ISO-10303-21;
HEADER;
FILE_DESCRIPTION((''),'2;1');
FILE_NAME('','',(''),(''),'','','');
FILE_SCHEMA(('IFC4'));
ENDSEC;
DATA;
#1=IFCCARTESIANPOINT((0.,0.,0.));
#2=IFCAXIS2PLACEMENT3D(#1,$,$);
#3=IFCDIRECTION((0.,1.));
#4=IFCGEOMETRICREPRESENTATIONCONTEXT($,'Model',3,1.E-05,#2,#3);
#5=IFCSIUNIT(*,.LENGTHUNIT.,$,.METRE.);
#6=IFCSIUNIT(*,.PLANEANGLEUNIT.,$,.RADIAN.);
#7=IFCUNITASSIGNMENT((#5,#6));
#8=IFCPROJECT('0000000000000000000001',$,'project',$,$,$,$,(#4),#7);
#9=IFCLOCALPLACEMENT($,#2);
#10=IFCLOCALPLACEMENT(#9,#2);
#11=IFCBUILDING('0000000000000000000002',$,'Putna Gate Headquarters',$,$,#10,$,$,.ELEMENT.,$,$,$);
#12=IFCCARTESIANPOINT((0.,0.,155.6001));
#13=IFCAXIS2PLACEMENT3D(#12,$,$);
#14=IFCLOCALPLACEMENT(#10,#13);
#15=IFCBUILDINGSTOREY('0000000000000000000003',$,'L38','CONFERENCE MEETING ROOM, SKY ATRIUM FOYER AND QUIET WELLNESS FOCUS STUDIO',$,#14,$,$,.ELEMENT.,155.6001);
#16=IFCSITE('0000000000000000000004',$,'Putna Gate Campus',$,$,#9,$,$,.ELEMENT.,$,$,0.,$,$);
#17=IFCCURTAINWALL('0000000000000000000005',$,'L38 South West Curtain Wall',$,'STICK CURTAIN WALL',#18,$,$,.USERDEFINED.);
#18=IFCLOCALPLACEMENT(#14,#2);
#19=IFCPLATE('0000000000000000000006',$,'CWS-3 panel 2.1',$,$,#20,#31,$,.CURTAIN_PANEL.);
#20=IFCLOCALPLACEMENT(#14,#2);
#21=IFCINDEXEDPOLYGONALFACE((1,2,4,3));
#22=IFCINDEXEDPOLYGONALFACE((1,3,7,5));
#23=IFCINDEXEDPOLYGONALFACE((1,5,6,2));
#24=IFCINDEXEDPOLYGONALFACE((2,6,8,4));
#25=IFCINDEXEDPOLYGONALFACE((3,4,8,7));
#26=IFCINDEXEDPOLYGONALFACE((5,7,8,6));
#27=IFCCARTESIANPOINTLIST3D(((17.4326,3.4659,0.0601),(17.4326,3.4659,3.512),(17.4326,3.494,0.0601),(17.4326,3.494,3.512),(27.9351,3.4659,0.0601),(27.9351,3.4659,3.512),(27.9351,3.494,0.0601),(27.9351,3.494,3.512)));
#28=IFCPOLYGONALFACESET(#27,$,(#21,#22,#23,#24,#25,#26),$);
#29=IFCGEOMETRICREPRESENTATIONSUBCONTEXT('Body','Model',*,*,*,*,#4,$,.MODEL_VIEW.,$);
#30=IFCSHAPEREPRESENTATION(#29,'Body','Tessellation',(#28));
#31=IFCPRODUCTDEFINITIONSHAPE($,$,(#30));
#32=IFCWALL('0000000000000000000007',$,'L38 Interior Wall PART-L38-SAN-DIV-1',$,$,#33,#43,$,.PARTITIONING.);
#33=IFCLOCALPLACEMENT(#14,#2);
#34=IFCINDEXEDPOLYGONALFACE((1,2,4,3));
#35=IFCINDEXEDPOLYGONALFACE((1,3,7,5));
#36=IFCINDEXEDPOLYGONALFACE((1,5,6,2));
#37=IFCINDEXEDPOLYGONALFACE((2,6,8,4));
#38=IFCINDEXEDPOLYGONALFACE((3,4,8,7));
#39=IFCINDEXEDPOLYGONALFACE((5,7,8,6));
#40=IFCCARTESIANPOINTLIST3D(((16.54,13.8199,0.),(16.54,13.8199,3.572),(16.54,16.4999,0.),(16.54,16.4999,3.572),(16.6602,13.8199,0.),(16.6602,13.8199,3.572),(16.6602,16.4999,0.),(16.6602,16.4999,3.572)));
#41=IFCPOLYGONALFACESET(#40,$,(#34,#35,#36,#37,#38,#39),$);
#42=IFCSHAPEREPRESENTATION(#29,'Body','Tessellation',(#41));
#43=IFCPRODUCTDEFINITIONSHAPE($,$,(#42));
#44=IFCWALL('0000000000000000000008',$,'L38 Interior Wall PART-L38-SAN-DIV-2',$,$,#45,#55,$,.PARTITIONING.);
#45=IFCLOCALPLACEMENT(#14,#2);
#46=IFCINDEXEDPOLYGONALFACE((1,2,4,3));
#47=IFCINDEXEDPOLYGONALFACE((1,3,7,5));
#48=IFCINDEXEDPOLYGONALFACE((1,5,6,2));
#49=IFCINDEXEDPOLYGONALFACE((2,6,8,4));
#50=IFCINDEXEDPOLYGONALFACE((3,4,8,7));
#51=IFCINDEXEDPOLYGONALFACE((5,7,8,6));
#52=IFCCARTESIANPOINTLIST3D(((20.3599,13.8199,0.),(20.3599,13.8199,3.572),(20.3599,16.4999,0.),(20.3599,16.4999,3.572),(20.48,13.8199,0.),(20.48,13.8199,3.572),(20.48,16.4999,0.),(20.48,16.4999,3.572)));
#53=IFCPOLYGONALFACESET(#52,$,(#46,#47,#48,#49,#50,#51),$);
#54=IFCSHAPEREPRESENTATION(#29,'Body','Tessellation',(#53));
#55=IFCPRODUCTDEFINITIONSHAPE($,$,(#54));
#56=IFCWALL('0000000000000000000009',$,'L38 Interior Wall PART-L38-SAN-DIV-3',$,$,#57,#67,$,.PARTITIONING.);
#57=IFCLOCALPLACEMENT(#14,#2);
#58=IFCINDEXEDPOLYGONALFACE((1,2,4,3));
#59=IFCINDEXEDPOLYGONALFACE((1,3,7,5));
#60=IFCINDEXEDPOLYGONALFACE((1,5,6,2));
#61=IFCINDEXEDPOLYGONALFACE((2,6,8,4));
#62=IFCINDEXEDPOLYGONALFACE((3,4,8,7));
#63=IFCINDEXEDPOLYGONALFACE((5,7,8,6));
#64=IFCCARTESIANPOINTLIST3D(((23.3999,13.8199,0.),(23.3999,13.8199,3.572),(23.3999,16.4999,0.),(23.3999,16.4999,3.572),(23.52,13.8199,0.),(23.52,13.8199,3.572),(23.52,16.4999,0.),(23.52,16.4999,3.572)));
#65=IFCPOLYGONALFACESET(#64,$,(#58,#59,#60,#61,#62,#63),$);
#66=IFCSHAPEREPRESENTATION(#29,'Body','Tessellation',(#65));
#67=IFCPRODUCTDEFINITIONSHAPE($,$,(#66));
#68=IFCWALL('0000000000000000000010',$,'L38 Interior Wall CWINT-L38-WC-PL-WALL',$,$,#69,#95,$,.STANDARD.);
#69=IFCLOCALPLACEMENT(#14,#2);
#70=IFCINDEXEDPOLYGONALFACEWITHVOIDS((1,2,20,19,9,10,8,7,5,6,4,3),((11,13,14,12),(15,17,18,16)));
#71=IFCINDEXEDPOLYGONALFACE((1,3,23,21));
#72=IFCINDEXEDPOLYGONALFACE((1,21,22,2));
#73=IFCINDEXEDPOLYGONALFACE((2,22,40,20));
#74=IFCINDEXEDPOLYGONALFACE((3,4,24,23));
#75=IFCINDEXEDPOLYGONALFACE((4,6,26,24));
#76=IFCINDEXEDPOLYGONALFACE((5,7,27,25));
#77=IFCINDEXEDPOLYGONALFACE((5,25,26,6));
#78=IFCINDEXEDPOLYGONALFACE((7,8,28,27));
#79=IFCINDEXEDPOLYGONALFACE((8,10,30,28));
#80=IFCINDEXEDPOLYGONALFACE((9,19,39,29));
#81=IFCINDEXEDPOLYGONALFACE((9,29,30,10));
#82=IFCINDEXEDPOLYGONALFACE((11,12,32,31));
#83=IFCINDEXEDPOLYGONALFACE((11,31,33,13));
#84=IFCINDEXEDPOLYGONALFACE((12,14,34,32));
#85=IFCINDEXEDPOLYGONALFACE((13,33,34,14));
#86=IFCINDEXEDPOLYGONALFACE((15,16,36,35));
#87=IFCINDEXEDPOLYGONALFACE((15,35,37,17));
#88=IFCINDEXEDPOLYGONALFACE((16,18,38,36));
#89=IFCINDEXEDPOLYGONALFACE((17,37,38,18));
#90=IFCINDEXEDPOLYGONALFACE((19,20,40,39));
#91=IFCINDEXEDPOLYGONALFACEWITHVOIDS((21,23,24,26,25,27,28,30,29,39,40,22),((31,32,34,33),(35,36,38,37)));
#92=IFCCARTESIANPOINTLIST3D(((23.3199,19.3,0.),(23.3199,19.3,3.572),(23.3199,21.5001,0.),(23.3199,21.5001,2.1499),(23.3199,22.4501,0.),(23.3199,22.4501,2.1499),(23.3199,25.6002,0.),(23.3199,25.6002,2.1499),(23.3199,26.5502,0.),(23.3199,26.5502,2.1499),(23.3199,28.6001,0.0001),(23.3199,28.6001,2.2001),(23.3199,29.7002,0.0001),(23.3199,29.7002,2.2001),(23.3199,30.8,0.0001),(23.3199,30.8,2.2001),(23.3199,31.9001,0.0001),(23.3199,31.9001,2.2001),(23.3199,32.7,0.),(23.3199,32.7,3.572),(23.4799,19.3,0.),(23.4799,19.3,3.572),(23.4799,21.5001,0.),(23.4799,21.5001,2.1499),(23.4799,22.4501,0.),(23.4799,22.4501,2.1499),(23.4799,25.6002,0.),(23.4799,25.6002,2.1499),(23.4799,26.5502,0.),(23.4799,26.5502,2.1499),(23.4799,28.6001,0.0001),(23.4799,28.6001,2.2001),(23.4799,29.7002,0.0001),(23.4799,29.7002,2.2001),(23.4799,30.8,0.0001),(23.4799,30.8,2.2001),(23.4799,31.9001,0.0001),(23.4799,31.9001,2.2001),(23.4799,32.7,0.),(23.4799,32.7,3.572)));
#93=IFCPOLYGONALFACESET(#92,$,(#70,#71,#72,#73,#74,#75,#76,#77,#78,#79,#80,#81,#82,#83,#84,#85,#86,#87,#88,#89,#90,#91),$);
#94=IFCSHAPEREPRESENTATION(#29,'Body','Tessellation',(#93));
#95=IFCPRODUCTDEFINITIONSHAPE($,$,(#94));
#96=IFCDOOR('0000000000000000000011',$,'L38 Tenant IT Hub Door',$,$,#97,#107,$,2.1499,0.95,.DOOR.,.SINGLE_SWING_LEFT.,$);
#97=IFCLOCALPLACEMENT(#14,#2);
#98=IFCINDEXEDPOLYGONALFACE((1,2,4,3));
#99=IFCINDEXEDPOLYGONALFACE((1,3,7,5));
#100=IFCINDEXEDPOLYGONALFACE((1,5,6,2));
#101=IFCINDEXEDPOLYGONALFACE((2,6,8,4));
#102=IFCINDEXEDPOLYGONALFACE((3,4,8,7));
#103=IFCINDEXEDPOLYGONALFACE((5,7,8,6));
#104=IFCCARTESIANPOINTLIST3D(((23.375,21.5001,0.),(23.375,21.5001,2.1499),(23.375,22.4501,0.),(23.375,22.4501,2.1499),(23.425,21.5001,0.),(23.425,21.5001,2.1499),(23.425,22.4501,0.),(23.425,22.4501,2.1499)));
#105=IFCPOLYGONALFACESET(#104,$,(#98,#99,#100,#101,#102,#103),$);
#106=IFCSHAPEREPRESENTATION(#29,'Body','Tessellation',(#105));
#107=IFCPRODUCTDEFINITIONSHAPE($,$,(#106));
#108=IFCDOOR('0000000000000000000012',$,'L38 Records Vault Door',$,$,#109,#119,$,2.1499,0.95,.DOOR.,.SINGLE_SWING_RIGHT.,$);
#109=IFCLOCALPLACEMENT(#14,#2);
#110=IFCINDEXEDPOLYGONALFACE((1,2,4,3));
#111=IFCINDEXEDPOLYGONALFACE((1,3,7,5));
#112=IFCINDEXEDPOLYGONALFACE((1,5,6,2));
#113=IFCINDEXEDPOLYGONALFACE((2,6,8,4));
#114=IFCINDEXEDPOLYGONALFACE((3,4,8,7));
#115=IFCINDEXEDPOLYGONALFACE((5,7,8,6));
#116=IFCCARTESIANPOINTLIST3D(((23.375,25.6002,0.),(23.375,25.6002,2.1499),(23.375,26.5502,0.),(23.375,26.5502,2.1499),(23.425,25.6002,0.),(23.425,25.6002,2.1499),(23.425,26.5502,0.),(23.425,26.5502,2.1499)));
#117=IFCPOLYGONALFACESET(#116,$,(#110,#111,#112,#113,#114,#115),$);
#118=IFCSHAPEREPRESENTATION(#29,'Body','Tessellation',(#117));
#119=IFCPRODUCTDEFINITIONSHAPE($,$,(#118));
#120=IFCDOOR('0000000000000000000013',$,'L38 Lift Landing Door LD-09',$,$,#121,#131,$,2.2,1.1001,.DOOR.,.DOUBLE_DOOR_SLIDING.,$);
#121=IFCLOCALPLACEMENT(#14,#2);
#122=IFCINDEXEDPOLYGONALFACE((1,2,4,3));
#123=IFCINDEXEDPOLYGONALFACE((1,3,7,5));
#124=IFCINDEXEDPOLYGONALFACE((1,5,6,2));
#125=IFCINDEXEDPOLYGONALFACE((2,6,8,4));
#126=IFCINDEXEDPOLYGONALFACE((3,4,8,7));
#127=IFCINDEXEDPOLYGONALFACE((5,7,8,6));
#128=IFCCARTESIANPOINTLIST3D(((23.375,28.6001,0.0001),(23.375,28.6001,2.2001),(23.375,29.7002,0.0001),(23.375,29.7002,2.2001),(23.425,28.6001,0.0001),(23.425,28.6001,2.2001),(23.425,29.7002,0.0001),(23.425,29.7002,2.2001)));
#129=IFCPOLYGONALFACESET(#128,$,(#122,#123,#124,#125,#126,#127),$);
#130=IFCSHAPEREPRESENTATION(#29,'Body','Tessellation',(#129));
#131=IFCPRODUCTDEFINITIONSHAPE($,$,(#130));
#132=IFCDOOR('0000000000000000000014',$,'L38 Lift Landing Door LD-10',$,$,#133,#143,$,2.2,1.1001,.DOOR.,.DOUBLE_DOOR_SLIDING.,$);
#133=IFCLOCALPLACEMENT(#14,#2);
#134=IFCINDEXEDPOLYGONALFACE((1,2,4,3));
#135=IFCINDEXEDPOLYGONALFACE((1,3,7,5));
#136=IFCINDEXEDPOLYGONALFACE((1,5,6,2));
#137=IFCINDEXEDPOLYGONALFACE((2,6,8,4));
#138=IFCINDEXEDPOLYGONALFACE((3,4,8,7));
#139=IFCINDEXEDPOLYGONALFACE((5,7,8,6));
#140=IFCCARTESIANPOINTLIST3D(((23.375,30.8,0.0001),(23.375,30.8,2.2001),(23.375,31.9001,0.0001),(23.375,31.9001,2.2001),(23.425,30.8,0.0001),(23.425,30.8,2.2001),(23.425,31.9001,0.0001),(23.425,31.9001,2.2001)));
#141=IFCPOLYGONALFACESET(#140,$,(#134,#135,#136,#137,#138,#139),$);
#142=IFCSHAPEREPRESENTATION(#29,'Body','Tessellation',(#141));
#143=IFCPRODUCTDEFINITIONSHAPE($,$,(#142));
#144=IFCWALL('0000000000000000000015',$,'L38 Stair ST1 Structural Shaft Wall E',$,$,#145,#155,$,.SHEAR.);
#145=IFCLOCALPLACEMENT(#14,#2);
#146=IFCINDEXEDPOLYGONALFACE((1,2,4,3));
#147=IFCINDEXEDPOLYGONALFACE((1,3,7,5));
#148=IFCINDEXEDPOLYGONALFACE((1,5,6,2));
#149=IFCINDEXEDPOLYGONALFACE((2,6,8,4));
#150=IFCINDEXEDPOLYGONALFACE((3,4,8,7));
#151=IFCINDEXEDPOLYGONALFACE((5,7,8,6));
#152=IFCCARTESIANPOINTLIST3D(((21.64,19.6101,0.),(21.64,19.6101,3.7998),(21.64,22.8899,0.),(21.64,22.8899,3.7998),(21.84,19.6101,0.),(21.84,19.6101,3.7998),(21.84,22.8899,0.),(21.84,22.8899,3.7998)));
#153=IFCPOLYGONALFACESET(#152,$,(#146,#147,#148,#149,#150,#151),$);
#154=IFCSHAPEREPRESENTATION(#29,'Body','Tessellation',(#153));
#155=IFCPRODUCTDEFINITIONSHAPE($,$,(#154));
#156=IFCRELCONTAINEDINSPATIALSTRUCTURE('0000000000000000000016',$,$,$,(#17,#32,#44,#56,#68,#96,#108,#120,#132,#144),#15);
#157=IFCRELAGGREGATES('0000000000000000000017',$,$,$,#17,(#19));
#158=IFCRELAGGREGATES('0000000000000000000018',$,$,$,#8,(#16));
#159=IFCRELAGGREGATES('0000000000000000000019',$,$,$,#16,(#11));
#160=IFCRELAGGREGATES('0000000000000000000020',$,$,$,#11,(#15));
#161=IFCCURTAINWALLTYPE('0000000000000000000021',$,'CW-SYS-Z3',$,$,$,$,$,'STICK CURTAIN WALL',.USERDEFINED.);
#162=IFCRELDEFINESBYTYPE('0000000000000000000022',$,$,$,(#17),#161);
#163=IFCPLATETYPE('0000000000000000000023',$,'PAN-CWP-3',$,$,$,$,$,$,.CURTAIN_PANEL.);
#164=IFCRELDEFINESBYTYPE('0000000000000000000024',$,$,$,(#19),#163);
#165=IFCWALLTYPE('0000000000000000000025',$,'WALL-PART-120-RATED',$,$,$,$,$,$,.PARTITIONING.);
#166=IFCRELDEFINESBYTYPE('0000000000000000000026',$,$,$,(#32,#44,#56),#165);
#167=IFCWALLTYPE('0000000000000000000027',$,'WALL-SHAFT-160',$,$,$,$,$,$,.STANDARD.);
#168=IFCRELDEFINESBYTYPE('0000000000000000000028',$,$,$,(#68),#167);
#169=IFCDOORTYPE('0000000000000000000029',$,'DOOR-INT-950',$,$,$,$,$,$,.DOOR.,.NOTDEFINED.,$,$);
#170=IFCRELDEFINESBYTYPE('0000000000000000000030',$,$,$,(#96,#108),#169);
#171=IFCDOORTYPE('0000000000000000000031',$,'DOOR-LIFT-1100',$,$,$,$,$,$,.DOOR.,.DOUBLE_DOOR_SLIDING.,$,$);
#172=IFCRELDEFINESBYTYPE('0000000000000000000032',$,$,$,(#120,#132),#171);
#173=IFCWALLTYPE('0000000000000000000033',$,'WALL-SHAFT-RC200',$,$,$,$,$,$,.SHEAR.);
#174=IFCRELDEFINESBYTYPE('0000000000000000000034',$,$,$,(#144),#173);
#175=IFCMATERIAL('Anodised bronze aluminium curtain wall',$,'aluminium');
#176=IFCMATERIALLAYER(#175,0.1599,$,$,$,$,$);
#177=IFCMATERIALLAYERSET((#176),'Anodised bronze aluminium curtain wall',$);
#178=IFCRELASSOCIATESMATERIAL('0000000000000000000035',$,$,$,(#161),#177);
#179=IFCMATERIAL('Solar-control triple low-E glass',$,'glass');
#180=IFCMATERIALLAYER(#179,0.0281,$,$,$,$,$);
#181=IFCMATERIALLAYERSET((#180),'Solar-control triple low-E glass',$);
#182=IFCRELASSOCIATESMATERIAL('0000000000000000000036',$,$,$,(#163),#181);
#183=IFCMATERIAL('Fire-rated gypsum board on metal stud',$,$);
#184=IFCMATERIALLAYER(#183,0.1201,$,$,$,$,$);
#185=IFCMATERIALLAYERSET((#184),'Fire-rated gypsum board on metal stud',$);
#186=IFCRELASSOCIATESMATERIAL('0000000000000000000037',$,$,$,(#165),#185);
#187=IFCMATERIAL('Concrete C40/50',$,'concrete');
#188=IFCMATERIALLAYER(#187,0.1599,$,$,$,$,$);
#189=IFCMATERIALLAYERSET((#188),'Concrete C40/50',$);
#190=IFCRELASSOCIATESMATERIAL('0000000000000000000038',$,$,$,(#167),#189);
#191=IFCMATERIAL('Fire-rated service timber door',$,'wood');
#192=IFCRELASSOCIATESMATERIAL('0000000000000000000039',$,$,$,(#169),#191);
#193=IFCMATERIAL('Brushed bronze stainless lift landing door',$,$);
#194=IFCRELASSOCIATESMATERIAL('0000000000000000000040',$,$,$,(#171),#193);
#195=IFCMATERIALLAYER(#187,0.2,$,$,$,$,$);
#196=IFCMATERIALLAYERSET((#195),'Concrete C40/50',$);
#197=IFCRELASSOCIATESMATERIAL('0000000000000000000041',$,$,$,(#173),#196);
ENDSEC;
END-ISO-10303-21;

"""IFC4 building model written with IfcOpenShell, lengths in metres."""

from ifc_helpers import new_model, si_unit, direction, frame, frame_2d, origin, origin_2d, place, context, subcontext, project, spatial, rectangle, extrude, material, layer, layer_set, type_object, element, fill, aggregate, save


model = new_model("IFC4")

# Units and contexts
model_context = context("Model", 3, precision=1e-05, world=origin(), true_north=direction((0.0, 1.0)))
body_context = subcontext(model_context, "Body", "Model", "MODEL_VIEW")
ifc_project = project(units=[si_unit("LENGTHUNIT", "METRE"), si_unit("PLANEANGLEUNIT", "RADIAN")], contexts=[model_context])

# Site, building, storey
site_placement = place(None, origin())
site = spatial("IfcSite", under=ifc_project, at=site_placement, Name="Putna Gate Campus", CompositionType="ELEMENT", RefElevation=0.0)
building_placement = place(site_placement, origin())
building = spatial("IfcBuilding", under=site, at=building_placement, Name="Putna Gate Headquarters", CompositionType="ELEMENT")
storey_placement = place(building_placement, frame((0.0, 0.0, 155.6001)))
storey = spatial("IfcBuildingStorey", under=building, at=storey_placement, Name="L38", Description="CONFERENCE MEETING ROOM, SKY ATRIUM FOYER AND QUIET WELLNESS FOCUS STUDIO", CompositionType="ELEMENT", Elevation=155.6001)

# Curtain wall, plate
ifc_material_1 = material(Name="Anodised bronze aluminium curtain wall", Category="aluminium")
ifc_layer_1 = layer(ifc_material_1, 0.1599)
ifc_layer_set_1 = layer_set([ifc_layer_1], Name="Anodised bronze aluminium curtain wall")
curtain_wall_type = type_object("IfcCurtainWallType", Name="CW-SYS-Z3", ElementType="STICK CURTAIN WALL", PredefinedType="USERDEFINED", material=ifc_layer_set_1)
curtain_wall_placement = place(storey_placement, origin())
curtain_wall = element("IfcCurtainWall", 1, at=curtain_wall_placement, inside=storey, type_object=curtain_wall_type, Name="L38 South West Curtain Wall", ObjectType="STICK CURTAIN WALL", PredefinedType="USERDEFINED")
ifc_material_2 = material(Name="Solar-control triple low-E glass", Category="glass")
ifc_layer_2 = layer(ifc_material_2, 0.0281)
ifc_layer_set_2 = layer_set([ifc_layer_2], Name="Solar-control triple low-E glass")
plate_type = type_object("IfcPlateType", Name="PAN-CWP-3", PredefinedType="CURTAIN_PANEL", material=ifc_layer_set_2)
plate_placement = place(storey_placement, frame((22.6838, 3.48, 0.0601), z_axis=(0.0, 0.0, 1.0), x_axis=(1.0, 0.0, 0.0)))
plate = element("IfcPlate", 2, at=plate_placement, type_object=plate_type, Name="CWS-3 panel 2.1", PredefinedType="CURTAIN_PANEL", context=body_context, shape_type="SweptSolid", body=[
    extrude(rectangle(XDim=10.5024, YDim=0.0281, at=origin_2d()), origin(), (0.0, 0.0, 1.0), 3.4519),
])
aggregate(curtain_wall, [plate])

# Walls
ifc_material_3 = material(Name="Fire-rated gypsum board on metal stud")
ifc_layer_3 = layer(ifc_material_3, 0.1201)
ifc_layer_set_3 = layer_set([ifc_layer_3], Name="Fire-rated gypsum board on metal stud")
wall_type_1 = type_object("IfcWallType", Name="WALL-PART-120-RATED", PredefinedType="PARTITIONING", material=ifc_layer_set_3)
for number, where, z_axis, x_axis, name in (
    (3, (16.6001, 13.8201, 0.0), (0.0, 0.0, 1.0), (0.0, 1.0, 0.0), "L38 Interior Wall PART-L38-SAN-DIV-1"),
    (4, (20.4199, 13.8201, 0.0), (0.0, 0.0, 1.0), (0.0, 1.0, 0.0), "L38 Interior Wall PART-L38-SAN-DIV-2"),
    (5, (23.46, 13.8201, 0.0), (0.0, 0.0, 1.0), (0.0, 1.0, 0.0), "L38 Interior Wall PART-L38-SAN-DIV-3"),
):
    element("IfcWall", number, at=place(storey_placement, frame(where, z_axis=z_axis, x_axis=x_axis)), inside=storey, type_object=wall_type_1, Name=name, PredefinedType="PARTITIONING", context=body_context, shape_type="SweptSolid", body=[
        extrude(rectangle(XDim=2.6799, YDim=0.1201, at=frame_2d((1.3398, 0.0))), origin(), (0.0, 0.0, 1.0), 3.572),
    ])

# Wall, openings, doors
ifc_material_4 = material(Name="Concrete C40/50", Category="concrete")
ifc_layer_4 = layer(ifc_material_4, 0.1599)
ifc_layer_set_4 = layer_set([ifc_layer_4], Name="Concrete C40/50")
wall_type_2 = type_object("IfcWallType", Name="WALL-SHAFT-160", PredefinedType="STANDARD", material=ifc_layer_set_4)
wall_1_placement = place(storey_placement, frame((23.3999, 19.3, 0.0), z_axis=(0.0, 0.0, 1.0), x_axis=(0.0, 1.0, 0.0)))
wall_1 = element("IfcWall", 6, at=wall_1_placement, inside=storey, type_object=wall_type_2, Name="L38 Interior Wall CWINT-L38-WC-PL-WALL", PredefinedType="STANDARD", context=body_context, shape_type="SweptSolid", body=[
    extrude(rectangle(XDim=13.3999, YDim=0.1599, at=frame_2d((6.7, 0.0))), origin(), (0.0, 0.0, 1.0), 3.572),
])
opening_1_placement = place(wall_1_placement, frame((2.2, 0.0, 0.0)))
opening_1 = element("IfcOpeningElement", 7, at=opening_1_placement, cuts=wall_1, PredefinedType="OPENING", context=body_context, shape_type="SweptSolid", body=[
    extrude(rectangle(XDim=0.95, YDim=2.1499, at=frame_2d((0.4751, 1.075))), frame((0.0, 0.0898, 0.0), z_axis=(0.0, -1.0, 0.0), x_axis=(1.0, 0.0, 0.0)), (0.0, 0.0, 1.0), 0.1799),
])
opening_2_placement = place(wall_1_placement, frame((6.3, 0.0, 0.0)))
opening_2 = element("IfcOpeningElement", 8, at=opening_2_placement, cuts=wall_1, PredefinedType="OPENING", context=body_context, shape_type="SweptSolid", body=[
    extrude(rectangle(XDim=0.95, YDim=2.1499, at=frame_2d((0.4751, 1.075))), frame((0.0, 0.0898, 0.0), z_axis=(0.0, -1.0, 0.0), x_axis=(1.0, 0.0, 0.0)), (0.0, 0.0, 1.0), 0.1799),
])
opening_3_placement = place(wall_1_placement, frame((9.3, 0.0, 0.0)))
opening_3 = element("IfcOpeningElement", 9, at=opening_3_placement, cuts=wall_1, PredefinedType="OPENING", context=body_context, shape_type="SweptSolid", body=[
    extrude(rectangle(XDim=1.1001, YDim=2.2, at=frame_2d((0.55, 1.1001))), frame((0.0, 0.0898, 0.0), z_axis=(0.0, -1.0, 0.0), x_axis=(1.0, 0.0, 0.0)), (0.0, 0.0, 1.0), 0.1799),
])
opening_4_placement = place(wall_1_placement, frame((11.5, 0.0, 0.0)))
opening_4 = element("IfcOpeningElement", 10, at=opening_4_placement, cuts=wall_1, PredefinedType="OPENING", context=body_context, shape_type="SweptSolid", body=[
    extrude(rectangle(XDim=1.1001, YDim=2.2, at=frame_2d((0.55, 1.1001))), frame((0.0, 0.0898, 0.0), z_axis=(0.0, -1.0, 0.0), x_axis=(1.0, 0.0, 0.0)), (0.0, 0.0, 1.0), 0.1799),
])
ifc_material_5 = material(Name="Fire-rated service timber door", Category="wood")
door_type_1 = type_object("IfcDoorType", Name="DOOR-INT-950", OperationType="NOTDEFINED", PredefinedType="DOOR", material=ifc_material_5)
door_1_placement = place(opening_1_placement, origin())
door_1 = element("IfcDoor", 11, at=door_1_placement, inside=storey, type_object=door_type_1, Name="L38 Tenant IT Hub Door", OperationType="SINGLE_SWING_LEFT", OverallHeight=2.1499, OverallWidth=0.95, PredefinedType="DOOR", context=body_context, shape_type="SweptSolid", body=[
    extrude(rectangle(XDim=0.95, YDim=2.1499, at=frame_2d((0.4751, 1.075))), frame((0.0, 0.0249, 0.0), z_axis=(0.0, -1.0, 0.0), x_axis=(1.0, 0.0, 0.0)), (0.0, 0.0, 1.0), 0.05),
])
fill(opening_1, door_1)
door_2_placement = place(opening_2_placement, origin())
door_2 = element("IfcDoor", 12, at=door_2_placement, inside=storey, type_object=door_type_1, Name="L38 Records Vault Door", OperationType="SINGLE_SWING_RIGHT", OverallHeight=2.1499, OverallWidth=0.95, PredefinedType="DOOR", context=body_context, shape_type="SweptSolid", body=[
    extrude(rectangle(XDim=0.95, YDim=2.1499, at=frame_2d((0.4751, 1.075))), frame((0.0, 0.0249, 0.0), z_axis=(0.0, -1.0, 0.0), x_axis=(1.0, 0.0, 0.0)), (0.0, 0.0, 1.0), 0.05),
])
fill(opening_2, door_2)
ifc_material_6 = material(Name="Brushed bronze stainless lift landing door")
door_type_2 = type_object("IfcDoorType", Name="DOOR-LIFT-1100", OperationType="DOUBLE_DOOR_SLIDING", PredefinedType="DOOR", material=ifc_material_6)
door_3_placement = place(opening_3_placement, origin())
door_3 = element("IfcDoor", 13, at=door_3_placement, inside=storey, type_object=door_type_2, Name="L38 Lift Landing Door LD-09", OperationType="DOUBLE_DOOR_SLIDING", OverallHeight=2.2, OverallWidth=1.1001, PredefinedType="DOOR", context=body_context, shape_type="SweptSolid", body=[
    extrude(rectangle(XDim=1.1001, YDim=2.2, at=frame_2d((0.55, 1.1001))), frame((0.0, 0.0249, 0.0), z_axis=(0.0, -1.0, 0.0), x_axis=(1.0, 0.0, 0.0)), (0.0, 0.0, 1.0), 0.05),
])
fill(opening_3, door_3)
door_4_placement = place(opening_4_placement, origin())
door_4 = element("IfcDoor", 14, at=door_4_placement, inside=storey, type_object=door_type_2, Name="L38 Lift Landing Door LD-10", OperationType="DOUBLE_DOOR_SLIDING", OverallHeight=2.2, OverallWidth=1.1001, PredefinedType="DOOR", context=body_context, shape_type="SweptSolid", body=[
    extrude(rectangle(XDim=1.1001, YDim=2.2, at=frame_2d((0.55, 1.1001))), frame((0.0, 0.0249, 0.0), z_axis=(0.0, -1.0, 0.0), x_axis=(1.0, 0.0, 0.0)), (0.0, 0.0, 1.0), 0.05),
])
fill(opening_4, door_4)

# Wall
ifc_layer_5 = layer(ifc_material_4, 0.2)
ifc_layer_set_5 = layer_set([ifc_layer_5], Name="Concrete C40/50")
wall_type_3 = type_object("IfcWallType", Name="WALL-SHAFT-RC200", PredefinedType="SHEAR", material=ifc_layer_set_5)
wall_2_placement = place(storey_placement, frame((21.74, 19.6101, 0.0), z_axis=(0.0, 0.0, 1.0), x_axis=(0.0, 1.0, 0.0)))
element("IfcWall", 15, at=wall_2_placement, inside=storey, type_object=wall_type_3, Name="L38 Stair ST1 Structural Shaft Wall E", PredefinedType="SHEAR", context=body_context, shape_type="SweptSolid", body=[
    extrude(rectangle(XDim=3.2798, YDim=0.2, at=frame_2d((1.6399, 0.0))), origin(), (0.0, 0.0, 1.0), 3.7998),
])

save(model, "model.ifc")
